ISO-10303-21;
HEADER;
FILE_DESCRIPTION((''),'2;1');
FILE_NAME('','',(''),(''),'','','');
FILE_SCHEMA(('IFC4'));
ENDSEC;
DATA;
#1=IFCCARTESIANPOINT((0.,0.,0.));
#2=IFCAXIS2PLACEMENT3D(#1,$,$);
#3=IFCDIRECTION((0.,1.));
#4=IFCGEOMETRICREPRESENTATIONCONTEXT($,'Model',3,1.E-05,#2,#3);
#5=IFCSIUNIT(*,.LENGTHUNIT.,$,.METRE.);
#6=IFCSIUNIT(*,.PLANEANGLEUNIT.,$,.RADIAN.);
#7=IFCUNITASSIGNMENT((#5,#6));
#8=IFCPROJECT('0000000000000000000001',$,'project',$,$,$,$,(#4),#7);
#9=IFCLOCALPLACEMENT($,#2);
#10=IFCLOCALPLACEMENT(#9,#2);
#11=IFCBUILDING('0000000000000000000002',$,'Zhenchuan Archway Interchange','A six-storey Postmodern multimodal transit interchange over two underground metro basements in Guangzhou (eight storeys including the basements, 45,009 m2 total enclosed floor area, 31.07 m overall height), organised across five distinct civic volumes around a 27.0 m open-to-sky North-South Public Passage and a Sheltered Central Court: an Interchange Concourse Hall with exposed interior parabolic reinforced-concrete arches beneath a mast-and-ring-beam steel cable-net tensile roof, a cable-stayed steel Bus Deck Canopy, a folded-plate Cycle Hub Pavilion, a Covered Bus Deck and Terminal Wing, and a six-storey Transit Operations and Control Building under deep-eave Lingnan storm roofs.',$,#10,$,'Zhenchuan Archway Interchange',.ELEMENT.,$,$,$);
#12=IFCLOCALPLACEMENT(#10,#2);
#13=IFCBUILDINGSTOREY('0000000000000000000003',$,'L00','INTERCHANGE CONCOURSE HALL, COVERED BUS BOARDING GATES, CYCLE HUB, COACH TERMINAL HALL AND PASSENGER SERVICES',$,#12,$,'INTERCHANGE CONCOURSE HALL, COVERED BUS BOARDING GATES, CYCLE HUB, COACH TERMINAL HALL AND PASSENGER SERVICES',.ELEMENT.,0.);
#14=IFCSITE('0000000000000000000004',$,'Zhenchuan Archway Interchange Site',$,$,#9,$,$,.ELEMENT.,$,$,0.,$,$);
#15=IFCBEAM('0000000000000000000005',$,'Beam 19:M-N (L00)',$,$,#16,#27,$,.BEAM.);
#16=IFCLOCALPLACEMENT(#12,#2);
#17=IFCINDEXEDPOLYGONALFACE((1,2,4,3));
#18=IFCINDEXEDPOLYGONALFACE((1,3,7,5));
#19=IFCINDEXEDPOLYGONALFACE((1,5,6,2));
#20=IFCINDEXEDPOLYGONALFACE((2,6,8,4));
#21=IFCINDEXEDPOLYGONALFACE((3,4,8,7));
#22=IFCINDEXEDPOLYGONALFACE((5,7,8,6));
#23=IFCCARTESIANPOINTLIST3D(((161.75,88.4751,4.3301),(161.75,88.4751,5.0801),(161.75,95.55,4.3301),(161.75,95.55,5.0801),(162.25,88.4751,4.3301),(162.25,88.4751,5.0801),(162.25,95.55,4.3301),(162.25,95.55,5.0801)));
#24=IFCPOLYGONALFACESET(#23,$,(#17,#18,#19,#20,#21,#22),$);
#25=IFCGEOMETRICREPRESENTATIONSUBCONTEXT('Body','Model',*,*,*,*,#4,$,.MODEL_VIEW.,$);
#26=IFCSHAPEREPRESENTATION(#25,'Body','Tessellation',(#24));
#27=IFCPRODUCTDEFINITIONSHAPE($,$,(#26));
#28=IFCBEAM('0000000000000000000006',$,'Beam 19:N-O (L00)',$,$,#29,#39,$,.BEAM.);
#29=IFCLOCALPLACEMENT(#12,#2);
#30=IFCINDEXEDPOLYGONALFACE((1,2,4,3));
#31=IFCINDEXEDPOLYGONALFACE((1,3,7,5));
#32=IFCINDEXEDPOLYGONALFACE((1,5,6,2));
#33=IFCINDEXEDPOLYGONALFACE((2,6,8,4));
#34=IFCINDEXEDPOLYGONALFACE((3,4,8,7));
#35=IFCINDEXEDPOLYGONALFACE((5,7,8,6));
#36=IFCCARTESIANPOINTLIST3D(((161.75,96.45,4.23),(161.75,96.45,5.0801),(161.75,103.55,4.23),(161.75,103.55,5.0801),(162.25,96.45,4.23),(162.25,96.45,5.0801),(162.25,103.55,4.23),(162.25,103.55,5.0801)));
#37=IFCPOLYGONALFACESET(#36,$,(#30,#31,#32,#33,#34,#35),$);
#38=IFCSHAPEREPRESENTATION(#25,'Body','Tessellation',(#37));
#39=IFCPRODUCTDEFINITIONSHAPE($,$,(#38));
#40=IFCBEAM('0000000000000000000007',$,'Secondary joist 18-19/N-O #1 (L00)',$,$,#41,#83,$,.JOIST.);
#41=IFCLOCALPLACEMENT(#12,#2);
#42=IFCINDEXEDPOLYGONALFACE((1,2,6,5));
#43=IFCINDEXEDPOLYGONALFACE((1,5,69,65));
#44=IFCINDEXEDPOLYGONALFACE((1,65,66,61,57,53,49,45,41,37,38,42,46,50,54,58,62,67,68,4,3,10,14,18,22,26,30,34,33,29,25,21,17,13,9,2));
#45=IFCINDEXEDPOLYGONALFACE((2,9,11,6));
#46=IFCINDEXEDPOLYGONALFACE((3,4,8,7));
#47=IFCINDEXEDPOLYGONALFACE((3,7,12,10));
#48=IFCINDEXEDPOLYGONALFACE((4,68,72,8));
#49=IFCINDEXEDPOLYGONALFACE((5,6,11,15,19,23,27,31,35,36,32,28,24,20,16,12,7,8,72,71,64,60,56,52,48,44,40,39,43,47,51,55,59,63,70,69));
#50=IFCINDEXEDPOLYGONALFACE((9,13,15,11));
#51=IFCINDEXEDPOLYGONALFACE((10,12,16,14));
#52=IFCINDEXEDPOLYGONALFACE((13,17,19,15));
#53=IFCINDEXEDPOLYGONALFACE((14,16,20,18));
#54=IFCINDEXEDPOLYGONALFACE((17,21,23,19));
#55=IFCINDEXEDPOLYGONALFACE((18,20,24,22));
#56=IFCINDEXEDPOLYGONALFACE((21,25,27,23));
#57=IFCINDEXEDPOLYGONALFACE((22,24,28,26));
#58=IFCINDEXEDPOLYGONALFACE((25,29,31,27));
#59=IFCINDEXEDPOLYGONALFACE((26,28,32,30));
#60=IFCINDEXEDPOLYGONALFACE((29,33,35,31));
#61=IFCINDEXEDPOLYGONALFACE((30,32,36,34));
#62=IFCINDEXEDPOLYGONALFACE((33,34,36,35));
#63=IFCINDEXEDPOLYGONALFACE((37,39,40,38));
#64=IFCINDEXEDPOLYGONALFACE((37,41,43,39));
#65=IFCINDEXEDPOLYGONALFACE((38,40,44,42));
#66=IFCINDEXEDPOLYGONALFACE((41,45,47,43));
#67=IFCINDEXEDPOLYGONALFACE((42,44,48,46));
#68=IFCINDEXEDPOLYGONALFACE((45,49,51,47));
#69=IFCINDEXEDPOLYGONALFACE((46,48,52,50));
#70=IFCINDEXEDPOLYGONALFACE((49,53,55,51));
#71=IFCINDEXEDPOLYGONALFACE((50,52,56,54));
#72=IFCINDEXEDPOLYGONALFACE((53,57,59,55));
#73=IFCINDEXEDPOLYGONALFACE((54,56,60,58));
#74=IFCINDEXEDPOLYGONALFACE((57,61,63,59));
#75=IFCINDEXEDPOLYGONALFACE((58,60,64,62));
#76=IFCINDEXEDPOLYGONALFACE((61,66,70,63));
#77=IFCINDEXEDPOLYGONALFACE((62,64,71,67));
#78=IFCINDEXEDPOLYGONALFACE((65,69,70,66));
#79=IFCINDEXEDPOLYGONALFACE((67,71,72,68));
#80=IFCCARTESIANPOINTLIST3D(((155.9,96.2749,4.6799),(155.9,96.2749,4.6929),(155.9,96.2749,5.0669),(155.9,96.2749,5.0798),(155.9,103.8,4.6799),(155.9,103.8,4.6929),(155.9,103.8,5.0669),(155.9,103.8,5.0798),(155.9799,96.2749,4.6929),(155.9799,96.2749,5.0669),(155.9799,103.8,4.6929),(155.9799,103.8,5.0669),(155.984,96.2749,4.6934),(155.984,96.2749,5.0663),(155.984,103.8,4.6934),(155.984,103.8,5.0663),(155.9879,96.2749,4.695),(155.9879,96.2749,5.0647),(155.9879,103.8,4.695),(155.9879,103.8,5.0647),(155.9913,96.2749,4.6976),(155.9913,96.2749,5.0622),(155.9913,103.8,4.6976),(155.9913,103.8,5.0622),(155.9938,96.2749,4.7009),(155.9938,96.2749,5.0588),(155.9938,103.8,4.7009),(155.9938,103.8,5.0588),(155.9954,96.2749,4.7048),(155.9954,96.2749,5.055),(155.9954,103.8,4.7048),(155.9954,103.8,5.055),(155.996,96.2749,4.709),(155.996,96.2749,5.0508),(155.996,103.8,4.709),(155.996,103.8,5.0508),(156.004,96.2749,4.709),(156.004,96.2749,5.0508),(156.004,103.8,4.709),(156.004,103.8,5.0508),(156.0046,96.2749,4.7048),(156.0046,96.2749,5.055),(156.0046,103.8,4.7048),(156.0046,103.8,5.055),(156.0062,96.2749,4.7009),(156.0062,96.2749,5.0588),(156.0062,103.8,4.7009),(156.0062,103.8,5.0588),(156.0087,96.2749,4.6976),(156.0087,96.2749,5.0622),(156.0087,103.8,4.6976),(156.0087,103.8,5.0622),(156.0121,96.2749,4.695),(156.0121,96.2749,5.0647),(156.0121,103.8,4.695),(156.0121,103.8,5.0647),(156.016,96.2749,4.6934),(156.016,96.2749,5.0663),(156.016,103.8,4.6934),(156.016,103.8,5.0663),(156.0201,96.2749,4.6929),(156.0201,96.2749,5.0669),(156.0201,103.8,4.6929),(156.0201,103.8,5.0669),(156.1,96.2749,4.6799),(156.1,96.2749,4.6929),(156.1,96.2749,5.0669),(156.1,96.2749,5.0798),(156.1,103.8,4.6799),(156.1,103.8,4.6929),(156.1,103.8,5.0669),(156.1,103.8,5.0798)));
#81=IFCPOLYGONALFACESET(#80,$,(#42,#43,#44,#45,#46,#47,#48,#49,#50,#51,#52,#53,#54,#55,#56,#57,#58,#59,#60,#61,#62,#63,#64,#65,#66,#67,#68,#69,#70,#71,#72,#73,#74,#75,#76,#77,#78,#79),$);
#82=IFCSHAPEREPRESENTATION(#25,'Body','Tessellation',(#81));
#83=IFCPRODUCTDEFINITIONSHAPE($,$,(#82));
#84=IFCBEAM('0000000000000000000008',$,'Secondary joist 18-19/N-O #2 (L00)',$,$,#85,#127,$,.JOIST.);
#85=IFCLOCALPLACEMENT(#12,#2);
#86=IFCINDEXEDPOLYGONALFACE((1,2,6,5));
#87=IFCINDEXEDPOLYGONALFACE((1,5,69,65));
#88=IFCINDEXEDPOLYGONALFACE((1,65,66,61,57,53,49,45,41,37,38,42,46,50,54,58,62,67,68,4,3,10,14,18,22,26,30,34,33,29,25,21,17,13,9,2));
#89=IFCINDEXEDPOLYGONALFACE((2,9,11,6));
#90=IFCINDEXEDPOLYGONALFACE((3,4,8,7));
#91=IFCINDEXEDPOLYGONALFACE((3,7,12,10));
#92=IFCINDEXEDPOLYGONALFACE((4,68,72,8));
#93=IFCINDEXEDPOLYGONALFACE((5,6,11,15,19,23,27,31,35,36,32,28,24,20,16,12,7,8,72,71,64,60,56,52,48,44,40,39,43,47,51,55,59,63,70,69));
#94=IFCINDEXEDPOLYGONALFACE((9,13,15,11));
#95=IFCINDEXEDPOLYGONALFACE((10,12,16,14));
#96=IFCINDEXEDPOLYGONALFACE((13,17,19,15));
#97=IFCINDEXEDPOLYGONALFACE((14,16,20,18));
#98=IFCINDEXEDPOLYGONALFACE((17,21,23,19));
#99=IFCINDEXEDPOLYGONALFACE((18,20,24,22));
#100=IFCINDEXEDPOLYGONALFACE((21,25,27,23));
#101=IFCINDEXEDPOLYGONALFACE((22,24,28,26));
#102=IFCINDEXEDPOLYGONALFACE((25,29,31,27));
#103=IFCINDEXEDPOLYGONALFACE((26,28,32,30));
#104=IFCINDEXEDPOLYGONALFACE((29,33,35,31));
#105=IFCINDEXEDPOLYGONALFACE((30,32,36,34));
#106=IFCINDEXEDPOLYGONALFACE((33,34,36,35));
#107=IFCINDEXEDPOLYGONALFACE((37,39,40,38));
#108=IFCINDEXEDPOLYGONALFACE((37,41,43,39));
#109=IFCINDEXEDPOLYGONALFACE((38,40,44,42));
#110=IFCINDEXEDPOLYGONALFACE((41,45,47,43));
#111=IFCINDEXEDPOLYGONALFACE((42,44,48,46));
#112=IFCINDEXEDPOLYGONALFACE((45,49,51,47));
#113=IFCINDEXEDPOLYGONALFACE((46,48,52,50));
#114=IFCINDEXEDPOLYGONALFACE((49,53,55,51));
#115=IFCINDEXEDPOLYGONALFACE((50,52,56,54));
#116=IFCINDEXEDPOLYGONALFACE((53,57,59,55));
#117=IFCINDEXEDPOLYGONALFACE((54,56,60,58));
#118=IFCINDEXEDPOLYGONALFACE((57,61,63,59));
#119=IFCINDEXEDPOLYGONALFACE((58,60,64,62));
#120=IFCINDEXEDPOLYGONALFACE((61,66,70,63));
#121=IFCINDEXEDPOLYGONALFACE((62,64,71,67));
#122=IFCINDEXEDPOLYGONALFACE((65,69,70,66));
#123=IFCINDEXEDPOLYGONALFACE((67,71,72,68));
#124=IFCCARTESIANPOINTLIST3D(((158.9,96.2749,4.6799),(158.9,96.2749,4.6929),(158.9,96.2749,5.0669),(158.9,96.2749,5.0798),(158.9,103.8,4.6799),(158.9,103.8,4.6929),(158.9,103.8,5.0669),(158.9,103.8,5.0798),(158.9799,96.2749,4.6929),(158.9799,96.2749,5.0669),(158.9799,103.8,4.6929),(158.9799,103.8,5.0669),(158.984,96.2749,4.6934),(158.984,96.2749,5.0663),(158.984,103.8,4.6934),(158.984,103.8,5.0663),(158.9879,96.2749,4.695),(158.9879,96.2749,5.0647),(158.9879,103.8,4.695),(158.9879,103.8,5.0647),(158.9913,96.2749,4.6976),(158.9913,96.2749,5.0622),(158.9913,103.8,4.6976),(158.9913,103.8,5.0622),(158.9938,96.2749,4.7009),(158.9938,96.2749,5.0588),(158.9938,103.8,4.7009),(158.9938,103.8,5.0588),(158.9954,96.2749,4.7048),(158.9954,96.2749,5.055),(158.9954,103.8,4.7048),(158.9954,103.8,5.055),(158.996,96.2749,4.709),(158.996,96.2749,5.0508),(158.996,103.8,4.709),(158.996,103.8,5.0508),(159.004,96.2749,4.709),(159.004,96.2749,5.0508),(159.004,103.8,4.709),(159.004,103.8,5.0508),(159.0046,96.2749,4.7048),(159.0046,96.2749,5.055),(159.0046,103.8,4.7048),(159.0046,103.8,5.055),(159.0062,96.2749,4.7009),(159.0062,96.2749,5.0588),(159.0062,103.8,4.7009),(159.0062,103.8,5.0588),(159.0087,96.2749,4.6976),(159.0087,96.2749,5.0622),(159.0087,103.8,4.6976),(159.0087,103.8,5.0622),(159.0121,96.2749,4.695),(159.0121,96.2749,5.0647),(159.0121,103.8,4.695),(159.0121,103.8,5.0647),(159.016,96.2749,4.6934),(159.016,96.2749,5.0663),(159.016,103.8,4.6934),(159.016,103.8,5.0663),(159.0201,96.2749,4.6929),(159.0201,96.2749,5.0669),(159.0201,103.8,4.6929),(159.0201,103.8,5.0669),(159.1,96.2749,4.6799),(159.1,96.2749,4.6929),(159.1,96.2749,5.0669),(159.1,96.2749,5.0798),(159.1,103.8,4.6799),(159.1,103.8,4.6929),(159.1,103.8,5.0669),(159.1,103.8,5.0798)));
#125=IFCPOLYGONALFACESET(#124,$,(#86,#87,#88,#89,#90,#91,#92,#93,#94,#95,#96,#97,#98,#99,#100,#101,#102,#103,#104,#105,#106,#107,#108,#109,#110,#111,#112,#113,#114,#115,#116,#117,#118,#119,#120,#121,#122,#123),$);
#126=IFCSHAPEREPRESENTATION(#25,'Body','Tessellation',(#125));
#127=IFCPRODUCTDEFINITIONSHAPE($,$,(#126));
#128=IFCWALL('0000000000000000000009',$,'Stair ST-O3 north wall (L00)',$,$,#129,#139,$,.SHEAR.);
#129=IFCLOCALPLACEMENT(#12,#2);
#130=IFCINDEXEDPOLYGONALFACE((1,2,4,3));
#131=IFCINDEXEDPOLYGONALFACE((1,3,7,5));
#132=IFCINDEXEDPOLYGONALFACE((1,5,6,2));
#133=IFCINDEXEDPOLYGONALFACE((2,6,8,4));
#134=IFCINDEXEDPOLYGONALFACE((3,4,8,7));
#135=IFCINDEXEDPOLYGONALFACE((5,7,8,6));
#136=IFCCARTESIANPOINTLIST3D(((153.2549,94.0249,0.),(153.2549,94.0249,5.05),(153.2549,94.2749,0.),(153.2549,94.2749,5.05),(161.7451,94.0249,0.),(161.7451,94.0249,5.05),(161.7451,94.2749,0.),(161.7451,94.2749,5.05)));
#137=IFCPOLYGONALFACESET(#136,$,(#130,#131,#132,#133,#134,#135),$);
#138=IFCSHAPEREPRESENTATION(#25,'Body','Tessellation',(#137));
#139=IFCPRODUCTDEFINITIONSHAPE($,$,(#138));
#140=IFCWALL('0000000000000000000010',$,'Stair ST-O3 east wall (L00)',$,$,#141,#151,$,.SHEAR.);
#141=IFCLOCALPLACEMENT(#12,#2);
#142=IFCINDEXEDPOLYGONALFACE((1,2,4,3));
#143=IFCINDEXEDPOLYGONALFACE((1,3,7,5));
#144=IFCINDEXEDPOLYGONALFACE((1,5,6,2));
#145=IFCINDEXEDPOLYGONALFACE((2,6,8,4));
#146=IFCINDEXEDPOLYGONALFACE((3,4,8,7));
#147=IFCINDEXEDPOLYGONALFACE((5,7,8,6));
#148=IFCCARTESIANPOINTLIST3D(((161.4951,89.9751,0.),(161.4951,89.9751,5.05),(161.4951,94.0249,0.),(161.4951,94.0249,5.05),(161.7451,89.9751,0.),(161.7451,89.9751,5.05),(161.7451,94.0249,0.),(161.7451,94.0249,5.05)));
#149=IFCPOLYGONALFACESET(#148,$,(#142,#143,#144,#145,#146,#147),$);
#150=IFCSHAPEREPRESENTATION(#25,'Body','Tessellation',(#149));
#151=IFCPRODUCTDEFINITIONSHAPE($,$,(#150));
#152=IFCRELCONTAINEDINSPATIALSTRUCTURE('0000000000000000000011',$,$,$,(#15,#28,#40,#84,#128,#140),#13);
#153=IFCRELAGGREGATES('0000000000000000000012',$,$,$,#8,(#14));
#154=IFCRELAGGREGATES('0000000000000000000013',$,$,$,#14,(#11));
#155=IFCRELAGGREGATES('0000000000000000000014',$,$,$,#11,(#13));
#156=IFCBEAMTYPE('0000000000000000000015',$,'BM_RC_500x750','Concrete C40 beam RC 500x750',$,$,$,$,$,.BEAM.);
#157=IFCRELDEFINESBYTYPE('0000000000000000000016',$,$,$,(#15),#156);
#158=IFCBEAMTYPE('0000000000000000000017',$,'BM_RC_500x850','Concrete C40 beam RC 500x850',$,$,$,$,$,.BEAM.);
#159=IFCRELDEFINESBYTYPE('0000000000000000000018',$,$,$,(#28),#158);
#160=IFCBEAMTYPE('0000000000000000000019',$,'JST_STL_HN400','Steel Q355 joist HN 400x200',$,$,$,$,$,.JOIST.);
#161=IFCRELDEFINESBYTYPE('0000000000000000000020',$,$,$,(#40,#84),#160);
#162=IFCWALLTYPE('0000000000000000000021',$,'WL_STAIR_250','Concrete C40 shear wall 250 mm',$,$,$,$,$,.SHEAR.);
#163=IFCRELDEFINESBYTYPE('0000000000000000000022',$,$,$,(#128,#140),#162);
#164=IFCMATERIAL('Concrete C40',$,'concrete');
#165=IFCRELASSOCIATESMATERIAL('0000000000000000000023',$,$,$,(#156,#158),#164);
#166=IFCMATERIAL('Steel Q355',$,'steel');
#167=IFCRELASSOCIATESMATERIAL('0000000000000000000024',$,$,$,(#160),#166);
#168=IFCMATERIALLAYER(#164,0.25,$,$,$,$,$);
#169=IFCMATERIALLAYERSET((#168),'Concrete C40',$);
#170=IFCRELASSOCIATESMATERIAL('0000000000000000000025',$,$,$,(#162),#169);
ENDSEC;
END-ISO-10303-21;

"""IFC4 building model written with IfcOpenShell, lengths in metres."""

from ifc_helpers import new_model, si_unit, direction, frame, frame_2d, origin, origin_2d, place, context, subcontext, project, spatial, rectangle, i_section, extrude, material, layer, layer_set, material_profile, profile_set, type_object, element, save


model = new_model("IFC4")

# Units and contexts
model_context = context("Model", 3, precision=1e-05, world=origin(), true_north=direction((0.0, 1.0)))
body_context = subcontext(model_context, "Body", "Model", "MODEL_VIEW")
ifc_project = project(units=[si_unit("LENGTHUNIT", "METRE"), si_unit("PLANEANGLEUNIT", "RADIAN")], contexts=[model_context])

# Site, building, storey
site_placement = place(None, origin())
site = spatial("IfcSite", under=ifc_project, at=site_placement, Name="Zhenchuan Archway Interchange Site", CompositionType="ELEMENT", RefElevation=0.0)
building_placement = place(site_placement, origin())
building = spatial("IfcBuilding", under=site, at=building_placement, Name="Zhenchuan Archway Interchange", Description="A six-storey Postmodern multimodal transit interchange over two underground metro basements in Guangzhou (eight storeys including the basements, 45,009 m2 total enclosed floor area, 31.07 m overall height), organised across five distinct civic volumes around a 27.0 m open-to-sky North-South Public Passage and a Sheltered Central Court: an Interchange Concourse Hall with exposed interior parabolic reinforced-concrete arches beneath a mast-and-ring-beam steel cable-net tensile roof, a cable-stayed steel Bus Deck Canopy, a folded-plate Cycle Hub Pavilion, a Covered Bus Deck and Terminal Wing, and a six-storey Transit Operations and Control Building under deep-eave Lingnan storm roofs.", LongName="Zhenchuan Archway Interchange", CompositionType="ELEMENT")
storey_placement = place(building_placement, origin())
storey = spatial("IfcBuildingStorey", under=building, at=storey_placement, Name="L00", Description="INTERCHANGE CONCOURSE HALL, COVERED BUS BOARDING GATES, CYCLE HUB, COACH TERMINAL HALL AND PASSENGER SERVICES", LongName="INTERCHANGE CONCOURSE HALL, COVERED BUS BOARDING GATES, CYCLE HUB, COACH TERMINAL HALL AND PASSENGER SERVICES", CompositionType="ELEMENT", Elevation=0.0)

# Shared definitions
ifc_material_1 = material(Name="Concrete C40", Category="concrete")

# Beams
ifc_material_profile_1 = material_profile(ifc_material_1, rectangle(XDim=0.5, YDim=0.75, at=origin_2d()), Name="RC 500x750")
ifc_profile_set_1 = profile_set([ifc_material_profile_1], Name="Concrete C40")
beam_type_1 = type_object("IfcBeamType", Name="BM_RC_500x750", Description="Concrete C40 beam RC 500x750", PredefinedType="BEAM", material=ifc_profile_set_1)
beam_1_placement = place(storey_placement, frame((162.0, 88.4751, 4.7051), z_axis=(0.0, 1.0, 0.0), x_axis=(-1.0, 0.0, 0.0)))
element("IfcBeam", 1, at=beam_1_placement, inside=storey, type_object=beam_type_1, Name="Beam 19:M-N (L00)", PredefinedType="BEAM", context=body_context, shape_type="SweptSolid", body=[
    extrude(rectangle(XDim=0.5, YDim=0.75, at=origin_2d()), origin(), (0.0, 0.0, 1.0), 7.075),
])
ifc_material_profile_2 = material_profile(ifc_material_1, rectangle(XDim=0.5, YDim=0.8501, at=origin_2d()), Name="RC 500x850")
ifc_profile_set_2 = profile_set([ifc_material_profile_2], Name="Concrete C40")
beam_type_2 = type_object("IfcBeamType", Name="BM_RC_500x850", Description="Concrete C40 beam RC 500x850", PredefinedType="BEAM", material=ifc_profile_set_2)
beam_2_placement = place(storey_placement, frame((162.0, 96.45, 4.655), z_axis=(0.0, 1.0, 0.0), x_axis=(-1.0, 0.0, 0.0)))
element("IfcBeam", 2, at=beam_2_placement, inside=storey, type_object=beam_type_2, Name="Beam 19:N-O (L00)", PredefinedType="BEAM", context=body_context, shape_type="SweptSolid", body=[
    extrude(rectangle(XDim=0.5, YDim=0.8501, at=origin_2d()), origin(), (0.0, 0.0, 1.0), 7.1001),
])
ifc_material_2 = material(Name="Steel Q355", Category="steel")
ifc_material_profile_3 = material_profile(ifc_material_2, i_section(OverallWidth=0.2, OverallDepth=0.3999, WebThickness=0.0081, FlangeThickness=0.0129, FilletRadius=0.0161, at=origin_2d()), Name="HN 400x200")
ifc_profile_set_3 = profile_set([ifc_material_profile_3], Name="Steel Q355")
beam_type_3 = type_object("IfcBeamType", Name="JST_STL_HN400", Description="Steel Q355 joist HN 400x200", PredefinedType="JOIST", material=ifc_profile_set_3)
for number, where, z_axis, x_axis, name in (
    (3, (156.0, 96.2749, 4.8799), (0.0, 1.0, 0.0), (-1.0, 0.0, 0.0), "Secondary joist 18-19/N-O #1 (L00)"),
    (4, (159.0, 96.2749, 4.8799), (0.0, 1.0, 0.0), (-1.0, 0.0, 0.0), "Secondary joist 18-19/N-O #2 (L00)"),
):
    element("IfcBeam", number, at=place(storey_placement, frame(where, z_axis=z_axis, x_axis=x_axis)), inside=storey, type_object=beam_type_3, Name=name, PredefinedType="JOIST", context=body_context, shape_type="SweptSolid", body=[
        extrude(i_section(OverallWidth=0.2, OverallDepth=0.3999, WebThickness=0.0081, FlangeThickness=0.0129, FilletRadius=0.0161, at=origin_2d()), origin(), (0.0, 0.0, 1.0), 7.5251),
    ])

# Walls
ifc_layer = layer(ifc_material_1, 0.25)
ifc_layer_set = layer_set([ifc_layer], Name="Concrete C40")
wall_type = type_object("IfcWallType", Name="WL_STAIR_250", Description="Concrete C40 shear wall 250 mm", PredefinedType="SHEAR", material=ifc_layer_set)
wall_1_placement = place(storey_placement, frame((161.7451, 94.1499, 0.0), z_axis=(0.0, 0.0, 1.0), x_axis=(-1.0, 0.0, 0.0)))
element("IfcWall", 5, at=wall_1_placement, inside=storey, type_object=wall_type, Name="Stair ST-O3 north wall (L00)", PredefinedType="SHEAR", context=body_context, shape_type="SweptSolid", body=[
    extrude(rectangle(XDim=8.4902, YDim=0.25, at=frame_2d((4.2451, 0.0))), origin(), (0.0, 0.0, 1.0), 5.05),
])
wall_2_placement = place(storey_placement, frame((161.6201, 89.9751, 0.0), z_axis=(0.0, 0.0, 1.0), x_axis=(0.0, 1.0, 0.0)))
element("IfcWall", 6, at=wall_2_placement, inside=storey, type_object=wall_type, Name="Stair ST-O3 east wall (L00)", PredefinedType="SHEAR", context=body_context, shape_type="SweptSolid", body=[
    extrude(rectangle(XDim=4.0498, YDim=0.25, at=frame_2d((2.0249, 0.0))), origin(), (0.0, 0.0, 1.0), 5.05),
])

save(model, "model.ifc")
